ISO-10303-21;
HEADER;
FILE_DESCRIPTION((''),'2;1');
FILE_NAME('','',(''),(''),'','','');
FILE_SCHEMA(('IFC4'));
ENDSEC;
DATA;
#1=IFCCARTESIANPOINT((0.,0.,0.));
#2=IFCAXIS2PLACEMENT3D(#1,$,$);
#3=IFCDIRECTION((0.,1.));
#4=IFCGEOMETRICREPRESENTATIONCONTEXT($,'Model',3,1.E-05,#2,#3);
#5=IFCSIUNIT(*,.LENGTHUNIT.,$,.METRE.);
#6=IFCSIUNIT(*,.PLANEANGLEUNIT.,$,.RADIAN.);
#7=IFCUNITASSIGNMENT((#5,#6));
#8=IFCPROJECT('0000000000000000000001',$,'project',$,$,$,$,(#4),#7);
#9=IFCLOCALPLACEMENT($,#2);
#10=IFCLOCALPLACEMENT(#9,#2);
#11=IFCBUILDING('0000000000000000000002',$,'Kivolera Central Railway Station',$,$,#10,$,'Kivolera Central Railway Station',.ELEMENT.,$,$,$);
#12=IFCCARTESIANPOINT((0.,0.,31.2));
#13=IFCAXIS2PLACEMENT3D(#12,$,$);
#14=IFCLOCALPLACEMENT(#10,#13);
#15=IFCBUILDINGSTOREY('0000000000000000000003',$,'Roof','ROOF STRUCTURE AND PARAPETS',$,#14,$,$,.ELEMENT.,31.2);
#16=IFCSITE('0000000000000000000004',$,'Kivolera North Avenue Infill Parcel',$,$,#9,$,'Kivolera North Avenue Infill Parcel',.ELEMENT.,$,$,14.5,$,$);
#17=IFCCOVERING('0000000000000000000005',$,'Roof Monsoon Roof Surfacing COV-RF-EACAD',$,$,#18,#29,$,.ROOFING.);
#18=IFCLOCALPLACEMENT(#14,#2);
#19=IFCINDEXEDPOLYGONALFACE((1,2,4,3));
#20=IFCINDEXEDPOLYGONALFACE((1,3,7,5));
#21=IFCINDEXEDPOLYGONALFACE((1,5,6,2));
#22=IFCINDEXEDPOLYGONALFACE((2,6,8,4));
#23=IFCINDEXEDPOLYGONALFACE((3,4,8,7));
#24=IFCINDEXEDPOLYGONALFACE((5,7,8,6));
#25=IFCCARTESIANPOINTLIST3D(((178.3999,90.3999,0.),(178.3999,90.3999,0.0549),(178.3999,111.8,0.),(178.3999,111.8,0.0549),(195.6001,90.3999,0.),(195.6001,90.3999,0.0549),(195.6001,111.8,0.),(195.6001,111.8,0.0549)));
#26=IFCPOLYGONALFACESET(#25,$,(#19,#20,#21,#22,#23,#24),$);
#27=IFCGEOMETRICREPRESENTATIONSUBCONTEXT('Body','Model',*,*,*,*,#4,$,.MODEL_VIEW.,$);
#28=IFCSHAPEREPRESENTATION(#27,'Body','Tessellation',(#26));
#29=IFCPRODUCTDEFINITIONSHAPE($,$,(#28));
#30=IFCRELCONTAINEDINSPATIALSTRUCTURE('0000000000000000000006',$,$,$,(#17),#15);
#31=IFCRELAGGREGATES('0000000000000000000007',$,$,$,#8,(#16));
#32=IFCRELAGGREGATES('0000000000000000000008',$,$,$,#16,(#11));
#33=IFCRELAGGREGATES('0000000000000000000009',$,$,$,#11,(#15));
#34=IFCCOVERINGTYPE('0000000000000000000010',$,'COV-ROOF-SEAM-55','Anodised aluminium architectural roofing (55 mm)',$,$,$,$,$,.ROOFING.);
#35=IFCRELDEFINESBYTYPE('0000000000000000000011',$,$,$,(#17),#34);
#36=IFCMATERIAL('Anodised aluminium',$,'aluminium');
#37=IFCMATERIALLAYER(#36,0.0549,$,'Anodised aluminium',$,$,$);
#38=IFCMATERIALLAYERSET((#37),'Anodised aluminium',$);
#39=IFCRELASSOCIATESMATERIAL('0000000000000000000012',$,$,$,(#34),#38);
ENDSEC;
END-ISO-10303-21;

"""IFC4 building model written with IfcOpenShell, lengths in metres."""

from ifc_helpers import new_model, si_unit, direction, frame, origin, place, context, subcontext, project, spatial, polyline, outline, extrude, material, layer, layer_set, type_object, element, save


model = new_model("IFC4")

# Units and contexts
model_context = context("Model", 3, precision=1e-05, world=origin(), true_north=direction((0.0, 1.0)))
body_context = subcontext(model_context, "Body", "Model", "MODEL_VIEW")
ifc_project = project(units=[si_unit("LENGTHUNIT", "METRE"), si_unit("PLANEANGLEUNIT", "RADIAN")], contexts=[model_context])

# Site, building, storey
site_placement = place(None, origin())
site = spatial("IfcSite", under=ifc_project, at=site_placement, Name="Kivolera North Avenue Infill Parcel", LongName="Kivolera North Avenue Infill Parcel", CompositionType="ELEMENT", RefElevation=14.5)
building_placement = place(site_placement, origin())
building = spatial("IfcBuilding", under=site, at=building_placement, Name="Kivolera Central Railway Station", LongName="Kivolera Central Railway Station", CompositionType="ELEMENT")
storey_placement = place(building_placement, frame((0.0, 0.0, 31.2)))
storey = spatial("IfcBuildingStorey", under=building, at=storey_placement, Name="Roof", Description="ROOF STRUCTURE AND PARAPETS", CompositionType="ELEMENT", Elevation=31.2)

# Covering
ifc_material_1 = material(Name="Anodised aluminium", Category="aluminium")
ifc_layer_1 = layer(ifc_material_1, 0.0549, Name="Anodised aluminium")
ifc_layer_set_1 = layer_set([ifc_layer_1], Name="Anodised aluminium")
covering_type = type_object("IfcCoveringType", Name="COV-ROOF-SEAM-55", Description="Anodised aluminium architectural roofing (55 mm)", PredefinedType="ROOFING", material=ifc_layer_set_1)
covering_placement = place(storey_placement, origin())
element("IfcCovering", 1, at=covering_placement, inside=storey, type_object=covering_type, Name="Roof Monsoon Roof Surfacing COV-RF-EACAD", PredefinedType="ROOFING", context=body_context, shape_type="SweptSolid", body=[
    extrude(outline(polyline([(178.3999, 90.3999), (195.6001, 90.3999), (195.6001, 111.8), (178.3999, 111.8), (178.3999, 90.3999)])), origin(), (0.0, 0.0, 1.0), 0.0549),
])

save(model, "model.ifc")
